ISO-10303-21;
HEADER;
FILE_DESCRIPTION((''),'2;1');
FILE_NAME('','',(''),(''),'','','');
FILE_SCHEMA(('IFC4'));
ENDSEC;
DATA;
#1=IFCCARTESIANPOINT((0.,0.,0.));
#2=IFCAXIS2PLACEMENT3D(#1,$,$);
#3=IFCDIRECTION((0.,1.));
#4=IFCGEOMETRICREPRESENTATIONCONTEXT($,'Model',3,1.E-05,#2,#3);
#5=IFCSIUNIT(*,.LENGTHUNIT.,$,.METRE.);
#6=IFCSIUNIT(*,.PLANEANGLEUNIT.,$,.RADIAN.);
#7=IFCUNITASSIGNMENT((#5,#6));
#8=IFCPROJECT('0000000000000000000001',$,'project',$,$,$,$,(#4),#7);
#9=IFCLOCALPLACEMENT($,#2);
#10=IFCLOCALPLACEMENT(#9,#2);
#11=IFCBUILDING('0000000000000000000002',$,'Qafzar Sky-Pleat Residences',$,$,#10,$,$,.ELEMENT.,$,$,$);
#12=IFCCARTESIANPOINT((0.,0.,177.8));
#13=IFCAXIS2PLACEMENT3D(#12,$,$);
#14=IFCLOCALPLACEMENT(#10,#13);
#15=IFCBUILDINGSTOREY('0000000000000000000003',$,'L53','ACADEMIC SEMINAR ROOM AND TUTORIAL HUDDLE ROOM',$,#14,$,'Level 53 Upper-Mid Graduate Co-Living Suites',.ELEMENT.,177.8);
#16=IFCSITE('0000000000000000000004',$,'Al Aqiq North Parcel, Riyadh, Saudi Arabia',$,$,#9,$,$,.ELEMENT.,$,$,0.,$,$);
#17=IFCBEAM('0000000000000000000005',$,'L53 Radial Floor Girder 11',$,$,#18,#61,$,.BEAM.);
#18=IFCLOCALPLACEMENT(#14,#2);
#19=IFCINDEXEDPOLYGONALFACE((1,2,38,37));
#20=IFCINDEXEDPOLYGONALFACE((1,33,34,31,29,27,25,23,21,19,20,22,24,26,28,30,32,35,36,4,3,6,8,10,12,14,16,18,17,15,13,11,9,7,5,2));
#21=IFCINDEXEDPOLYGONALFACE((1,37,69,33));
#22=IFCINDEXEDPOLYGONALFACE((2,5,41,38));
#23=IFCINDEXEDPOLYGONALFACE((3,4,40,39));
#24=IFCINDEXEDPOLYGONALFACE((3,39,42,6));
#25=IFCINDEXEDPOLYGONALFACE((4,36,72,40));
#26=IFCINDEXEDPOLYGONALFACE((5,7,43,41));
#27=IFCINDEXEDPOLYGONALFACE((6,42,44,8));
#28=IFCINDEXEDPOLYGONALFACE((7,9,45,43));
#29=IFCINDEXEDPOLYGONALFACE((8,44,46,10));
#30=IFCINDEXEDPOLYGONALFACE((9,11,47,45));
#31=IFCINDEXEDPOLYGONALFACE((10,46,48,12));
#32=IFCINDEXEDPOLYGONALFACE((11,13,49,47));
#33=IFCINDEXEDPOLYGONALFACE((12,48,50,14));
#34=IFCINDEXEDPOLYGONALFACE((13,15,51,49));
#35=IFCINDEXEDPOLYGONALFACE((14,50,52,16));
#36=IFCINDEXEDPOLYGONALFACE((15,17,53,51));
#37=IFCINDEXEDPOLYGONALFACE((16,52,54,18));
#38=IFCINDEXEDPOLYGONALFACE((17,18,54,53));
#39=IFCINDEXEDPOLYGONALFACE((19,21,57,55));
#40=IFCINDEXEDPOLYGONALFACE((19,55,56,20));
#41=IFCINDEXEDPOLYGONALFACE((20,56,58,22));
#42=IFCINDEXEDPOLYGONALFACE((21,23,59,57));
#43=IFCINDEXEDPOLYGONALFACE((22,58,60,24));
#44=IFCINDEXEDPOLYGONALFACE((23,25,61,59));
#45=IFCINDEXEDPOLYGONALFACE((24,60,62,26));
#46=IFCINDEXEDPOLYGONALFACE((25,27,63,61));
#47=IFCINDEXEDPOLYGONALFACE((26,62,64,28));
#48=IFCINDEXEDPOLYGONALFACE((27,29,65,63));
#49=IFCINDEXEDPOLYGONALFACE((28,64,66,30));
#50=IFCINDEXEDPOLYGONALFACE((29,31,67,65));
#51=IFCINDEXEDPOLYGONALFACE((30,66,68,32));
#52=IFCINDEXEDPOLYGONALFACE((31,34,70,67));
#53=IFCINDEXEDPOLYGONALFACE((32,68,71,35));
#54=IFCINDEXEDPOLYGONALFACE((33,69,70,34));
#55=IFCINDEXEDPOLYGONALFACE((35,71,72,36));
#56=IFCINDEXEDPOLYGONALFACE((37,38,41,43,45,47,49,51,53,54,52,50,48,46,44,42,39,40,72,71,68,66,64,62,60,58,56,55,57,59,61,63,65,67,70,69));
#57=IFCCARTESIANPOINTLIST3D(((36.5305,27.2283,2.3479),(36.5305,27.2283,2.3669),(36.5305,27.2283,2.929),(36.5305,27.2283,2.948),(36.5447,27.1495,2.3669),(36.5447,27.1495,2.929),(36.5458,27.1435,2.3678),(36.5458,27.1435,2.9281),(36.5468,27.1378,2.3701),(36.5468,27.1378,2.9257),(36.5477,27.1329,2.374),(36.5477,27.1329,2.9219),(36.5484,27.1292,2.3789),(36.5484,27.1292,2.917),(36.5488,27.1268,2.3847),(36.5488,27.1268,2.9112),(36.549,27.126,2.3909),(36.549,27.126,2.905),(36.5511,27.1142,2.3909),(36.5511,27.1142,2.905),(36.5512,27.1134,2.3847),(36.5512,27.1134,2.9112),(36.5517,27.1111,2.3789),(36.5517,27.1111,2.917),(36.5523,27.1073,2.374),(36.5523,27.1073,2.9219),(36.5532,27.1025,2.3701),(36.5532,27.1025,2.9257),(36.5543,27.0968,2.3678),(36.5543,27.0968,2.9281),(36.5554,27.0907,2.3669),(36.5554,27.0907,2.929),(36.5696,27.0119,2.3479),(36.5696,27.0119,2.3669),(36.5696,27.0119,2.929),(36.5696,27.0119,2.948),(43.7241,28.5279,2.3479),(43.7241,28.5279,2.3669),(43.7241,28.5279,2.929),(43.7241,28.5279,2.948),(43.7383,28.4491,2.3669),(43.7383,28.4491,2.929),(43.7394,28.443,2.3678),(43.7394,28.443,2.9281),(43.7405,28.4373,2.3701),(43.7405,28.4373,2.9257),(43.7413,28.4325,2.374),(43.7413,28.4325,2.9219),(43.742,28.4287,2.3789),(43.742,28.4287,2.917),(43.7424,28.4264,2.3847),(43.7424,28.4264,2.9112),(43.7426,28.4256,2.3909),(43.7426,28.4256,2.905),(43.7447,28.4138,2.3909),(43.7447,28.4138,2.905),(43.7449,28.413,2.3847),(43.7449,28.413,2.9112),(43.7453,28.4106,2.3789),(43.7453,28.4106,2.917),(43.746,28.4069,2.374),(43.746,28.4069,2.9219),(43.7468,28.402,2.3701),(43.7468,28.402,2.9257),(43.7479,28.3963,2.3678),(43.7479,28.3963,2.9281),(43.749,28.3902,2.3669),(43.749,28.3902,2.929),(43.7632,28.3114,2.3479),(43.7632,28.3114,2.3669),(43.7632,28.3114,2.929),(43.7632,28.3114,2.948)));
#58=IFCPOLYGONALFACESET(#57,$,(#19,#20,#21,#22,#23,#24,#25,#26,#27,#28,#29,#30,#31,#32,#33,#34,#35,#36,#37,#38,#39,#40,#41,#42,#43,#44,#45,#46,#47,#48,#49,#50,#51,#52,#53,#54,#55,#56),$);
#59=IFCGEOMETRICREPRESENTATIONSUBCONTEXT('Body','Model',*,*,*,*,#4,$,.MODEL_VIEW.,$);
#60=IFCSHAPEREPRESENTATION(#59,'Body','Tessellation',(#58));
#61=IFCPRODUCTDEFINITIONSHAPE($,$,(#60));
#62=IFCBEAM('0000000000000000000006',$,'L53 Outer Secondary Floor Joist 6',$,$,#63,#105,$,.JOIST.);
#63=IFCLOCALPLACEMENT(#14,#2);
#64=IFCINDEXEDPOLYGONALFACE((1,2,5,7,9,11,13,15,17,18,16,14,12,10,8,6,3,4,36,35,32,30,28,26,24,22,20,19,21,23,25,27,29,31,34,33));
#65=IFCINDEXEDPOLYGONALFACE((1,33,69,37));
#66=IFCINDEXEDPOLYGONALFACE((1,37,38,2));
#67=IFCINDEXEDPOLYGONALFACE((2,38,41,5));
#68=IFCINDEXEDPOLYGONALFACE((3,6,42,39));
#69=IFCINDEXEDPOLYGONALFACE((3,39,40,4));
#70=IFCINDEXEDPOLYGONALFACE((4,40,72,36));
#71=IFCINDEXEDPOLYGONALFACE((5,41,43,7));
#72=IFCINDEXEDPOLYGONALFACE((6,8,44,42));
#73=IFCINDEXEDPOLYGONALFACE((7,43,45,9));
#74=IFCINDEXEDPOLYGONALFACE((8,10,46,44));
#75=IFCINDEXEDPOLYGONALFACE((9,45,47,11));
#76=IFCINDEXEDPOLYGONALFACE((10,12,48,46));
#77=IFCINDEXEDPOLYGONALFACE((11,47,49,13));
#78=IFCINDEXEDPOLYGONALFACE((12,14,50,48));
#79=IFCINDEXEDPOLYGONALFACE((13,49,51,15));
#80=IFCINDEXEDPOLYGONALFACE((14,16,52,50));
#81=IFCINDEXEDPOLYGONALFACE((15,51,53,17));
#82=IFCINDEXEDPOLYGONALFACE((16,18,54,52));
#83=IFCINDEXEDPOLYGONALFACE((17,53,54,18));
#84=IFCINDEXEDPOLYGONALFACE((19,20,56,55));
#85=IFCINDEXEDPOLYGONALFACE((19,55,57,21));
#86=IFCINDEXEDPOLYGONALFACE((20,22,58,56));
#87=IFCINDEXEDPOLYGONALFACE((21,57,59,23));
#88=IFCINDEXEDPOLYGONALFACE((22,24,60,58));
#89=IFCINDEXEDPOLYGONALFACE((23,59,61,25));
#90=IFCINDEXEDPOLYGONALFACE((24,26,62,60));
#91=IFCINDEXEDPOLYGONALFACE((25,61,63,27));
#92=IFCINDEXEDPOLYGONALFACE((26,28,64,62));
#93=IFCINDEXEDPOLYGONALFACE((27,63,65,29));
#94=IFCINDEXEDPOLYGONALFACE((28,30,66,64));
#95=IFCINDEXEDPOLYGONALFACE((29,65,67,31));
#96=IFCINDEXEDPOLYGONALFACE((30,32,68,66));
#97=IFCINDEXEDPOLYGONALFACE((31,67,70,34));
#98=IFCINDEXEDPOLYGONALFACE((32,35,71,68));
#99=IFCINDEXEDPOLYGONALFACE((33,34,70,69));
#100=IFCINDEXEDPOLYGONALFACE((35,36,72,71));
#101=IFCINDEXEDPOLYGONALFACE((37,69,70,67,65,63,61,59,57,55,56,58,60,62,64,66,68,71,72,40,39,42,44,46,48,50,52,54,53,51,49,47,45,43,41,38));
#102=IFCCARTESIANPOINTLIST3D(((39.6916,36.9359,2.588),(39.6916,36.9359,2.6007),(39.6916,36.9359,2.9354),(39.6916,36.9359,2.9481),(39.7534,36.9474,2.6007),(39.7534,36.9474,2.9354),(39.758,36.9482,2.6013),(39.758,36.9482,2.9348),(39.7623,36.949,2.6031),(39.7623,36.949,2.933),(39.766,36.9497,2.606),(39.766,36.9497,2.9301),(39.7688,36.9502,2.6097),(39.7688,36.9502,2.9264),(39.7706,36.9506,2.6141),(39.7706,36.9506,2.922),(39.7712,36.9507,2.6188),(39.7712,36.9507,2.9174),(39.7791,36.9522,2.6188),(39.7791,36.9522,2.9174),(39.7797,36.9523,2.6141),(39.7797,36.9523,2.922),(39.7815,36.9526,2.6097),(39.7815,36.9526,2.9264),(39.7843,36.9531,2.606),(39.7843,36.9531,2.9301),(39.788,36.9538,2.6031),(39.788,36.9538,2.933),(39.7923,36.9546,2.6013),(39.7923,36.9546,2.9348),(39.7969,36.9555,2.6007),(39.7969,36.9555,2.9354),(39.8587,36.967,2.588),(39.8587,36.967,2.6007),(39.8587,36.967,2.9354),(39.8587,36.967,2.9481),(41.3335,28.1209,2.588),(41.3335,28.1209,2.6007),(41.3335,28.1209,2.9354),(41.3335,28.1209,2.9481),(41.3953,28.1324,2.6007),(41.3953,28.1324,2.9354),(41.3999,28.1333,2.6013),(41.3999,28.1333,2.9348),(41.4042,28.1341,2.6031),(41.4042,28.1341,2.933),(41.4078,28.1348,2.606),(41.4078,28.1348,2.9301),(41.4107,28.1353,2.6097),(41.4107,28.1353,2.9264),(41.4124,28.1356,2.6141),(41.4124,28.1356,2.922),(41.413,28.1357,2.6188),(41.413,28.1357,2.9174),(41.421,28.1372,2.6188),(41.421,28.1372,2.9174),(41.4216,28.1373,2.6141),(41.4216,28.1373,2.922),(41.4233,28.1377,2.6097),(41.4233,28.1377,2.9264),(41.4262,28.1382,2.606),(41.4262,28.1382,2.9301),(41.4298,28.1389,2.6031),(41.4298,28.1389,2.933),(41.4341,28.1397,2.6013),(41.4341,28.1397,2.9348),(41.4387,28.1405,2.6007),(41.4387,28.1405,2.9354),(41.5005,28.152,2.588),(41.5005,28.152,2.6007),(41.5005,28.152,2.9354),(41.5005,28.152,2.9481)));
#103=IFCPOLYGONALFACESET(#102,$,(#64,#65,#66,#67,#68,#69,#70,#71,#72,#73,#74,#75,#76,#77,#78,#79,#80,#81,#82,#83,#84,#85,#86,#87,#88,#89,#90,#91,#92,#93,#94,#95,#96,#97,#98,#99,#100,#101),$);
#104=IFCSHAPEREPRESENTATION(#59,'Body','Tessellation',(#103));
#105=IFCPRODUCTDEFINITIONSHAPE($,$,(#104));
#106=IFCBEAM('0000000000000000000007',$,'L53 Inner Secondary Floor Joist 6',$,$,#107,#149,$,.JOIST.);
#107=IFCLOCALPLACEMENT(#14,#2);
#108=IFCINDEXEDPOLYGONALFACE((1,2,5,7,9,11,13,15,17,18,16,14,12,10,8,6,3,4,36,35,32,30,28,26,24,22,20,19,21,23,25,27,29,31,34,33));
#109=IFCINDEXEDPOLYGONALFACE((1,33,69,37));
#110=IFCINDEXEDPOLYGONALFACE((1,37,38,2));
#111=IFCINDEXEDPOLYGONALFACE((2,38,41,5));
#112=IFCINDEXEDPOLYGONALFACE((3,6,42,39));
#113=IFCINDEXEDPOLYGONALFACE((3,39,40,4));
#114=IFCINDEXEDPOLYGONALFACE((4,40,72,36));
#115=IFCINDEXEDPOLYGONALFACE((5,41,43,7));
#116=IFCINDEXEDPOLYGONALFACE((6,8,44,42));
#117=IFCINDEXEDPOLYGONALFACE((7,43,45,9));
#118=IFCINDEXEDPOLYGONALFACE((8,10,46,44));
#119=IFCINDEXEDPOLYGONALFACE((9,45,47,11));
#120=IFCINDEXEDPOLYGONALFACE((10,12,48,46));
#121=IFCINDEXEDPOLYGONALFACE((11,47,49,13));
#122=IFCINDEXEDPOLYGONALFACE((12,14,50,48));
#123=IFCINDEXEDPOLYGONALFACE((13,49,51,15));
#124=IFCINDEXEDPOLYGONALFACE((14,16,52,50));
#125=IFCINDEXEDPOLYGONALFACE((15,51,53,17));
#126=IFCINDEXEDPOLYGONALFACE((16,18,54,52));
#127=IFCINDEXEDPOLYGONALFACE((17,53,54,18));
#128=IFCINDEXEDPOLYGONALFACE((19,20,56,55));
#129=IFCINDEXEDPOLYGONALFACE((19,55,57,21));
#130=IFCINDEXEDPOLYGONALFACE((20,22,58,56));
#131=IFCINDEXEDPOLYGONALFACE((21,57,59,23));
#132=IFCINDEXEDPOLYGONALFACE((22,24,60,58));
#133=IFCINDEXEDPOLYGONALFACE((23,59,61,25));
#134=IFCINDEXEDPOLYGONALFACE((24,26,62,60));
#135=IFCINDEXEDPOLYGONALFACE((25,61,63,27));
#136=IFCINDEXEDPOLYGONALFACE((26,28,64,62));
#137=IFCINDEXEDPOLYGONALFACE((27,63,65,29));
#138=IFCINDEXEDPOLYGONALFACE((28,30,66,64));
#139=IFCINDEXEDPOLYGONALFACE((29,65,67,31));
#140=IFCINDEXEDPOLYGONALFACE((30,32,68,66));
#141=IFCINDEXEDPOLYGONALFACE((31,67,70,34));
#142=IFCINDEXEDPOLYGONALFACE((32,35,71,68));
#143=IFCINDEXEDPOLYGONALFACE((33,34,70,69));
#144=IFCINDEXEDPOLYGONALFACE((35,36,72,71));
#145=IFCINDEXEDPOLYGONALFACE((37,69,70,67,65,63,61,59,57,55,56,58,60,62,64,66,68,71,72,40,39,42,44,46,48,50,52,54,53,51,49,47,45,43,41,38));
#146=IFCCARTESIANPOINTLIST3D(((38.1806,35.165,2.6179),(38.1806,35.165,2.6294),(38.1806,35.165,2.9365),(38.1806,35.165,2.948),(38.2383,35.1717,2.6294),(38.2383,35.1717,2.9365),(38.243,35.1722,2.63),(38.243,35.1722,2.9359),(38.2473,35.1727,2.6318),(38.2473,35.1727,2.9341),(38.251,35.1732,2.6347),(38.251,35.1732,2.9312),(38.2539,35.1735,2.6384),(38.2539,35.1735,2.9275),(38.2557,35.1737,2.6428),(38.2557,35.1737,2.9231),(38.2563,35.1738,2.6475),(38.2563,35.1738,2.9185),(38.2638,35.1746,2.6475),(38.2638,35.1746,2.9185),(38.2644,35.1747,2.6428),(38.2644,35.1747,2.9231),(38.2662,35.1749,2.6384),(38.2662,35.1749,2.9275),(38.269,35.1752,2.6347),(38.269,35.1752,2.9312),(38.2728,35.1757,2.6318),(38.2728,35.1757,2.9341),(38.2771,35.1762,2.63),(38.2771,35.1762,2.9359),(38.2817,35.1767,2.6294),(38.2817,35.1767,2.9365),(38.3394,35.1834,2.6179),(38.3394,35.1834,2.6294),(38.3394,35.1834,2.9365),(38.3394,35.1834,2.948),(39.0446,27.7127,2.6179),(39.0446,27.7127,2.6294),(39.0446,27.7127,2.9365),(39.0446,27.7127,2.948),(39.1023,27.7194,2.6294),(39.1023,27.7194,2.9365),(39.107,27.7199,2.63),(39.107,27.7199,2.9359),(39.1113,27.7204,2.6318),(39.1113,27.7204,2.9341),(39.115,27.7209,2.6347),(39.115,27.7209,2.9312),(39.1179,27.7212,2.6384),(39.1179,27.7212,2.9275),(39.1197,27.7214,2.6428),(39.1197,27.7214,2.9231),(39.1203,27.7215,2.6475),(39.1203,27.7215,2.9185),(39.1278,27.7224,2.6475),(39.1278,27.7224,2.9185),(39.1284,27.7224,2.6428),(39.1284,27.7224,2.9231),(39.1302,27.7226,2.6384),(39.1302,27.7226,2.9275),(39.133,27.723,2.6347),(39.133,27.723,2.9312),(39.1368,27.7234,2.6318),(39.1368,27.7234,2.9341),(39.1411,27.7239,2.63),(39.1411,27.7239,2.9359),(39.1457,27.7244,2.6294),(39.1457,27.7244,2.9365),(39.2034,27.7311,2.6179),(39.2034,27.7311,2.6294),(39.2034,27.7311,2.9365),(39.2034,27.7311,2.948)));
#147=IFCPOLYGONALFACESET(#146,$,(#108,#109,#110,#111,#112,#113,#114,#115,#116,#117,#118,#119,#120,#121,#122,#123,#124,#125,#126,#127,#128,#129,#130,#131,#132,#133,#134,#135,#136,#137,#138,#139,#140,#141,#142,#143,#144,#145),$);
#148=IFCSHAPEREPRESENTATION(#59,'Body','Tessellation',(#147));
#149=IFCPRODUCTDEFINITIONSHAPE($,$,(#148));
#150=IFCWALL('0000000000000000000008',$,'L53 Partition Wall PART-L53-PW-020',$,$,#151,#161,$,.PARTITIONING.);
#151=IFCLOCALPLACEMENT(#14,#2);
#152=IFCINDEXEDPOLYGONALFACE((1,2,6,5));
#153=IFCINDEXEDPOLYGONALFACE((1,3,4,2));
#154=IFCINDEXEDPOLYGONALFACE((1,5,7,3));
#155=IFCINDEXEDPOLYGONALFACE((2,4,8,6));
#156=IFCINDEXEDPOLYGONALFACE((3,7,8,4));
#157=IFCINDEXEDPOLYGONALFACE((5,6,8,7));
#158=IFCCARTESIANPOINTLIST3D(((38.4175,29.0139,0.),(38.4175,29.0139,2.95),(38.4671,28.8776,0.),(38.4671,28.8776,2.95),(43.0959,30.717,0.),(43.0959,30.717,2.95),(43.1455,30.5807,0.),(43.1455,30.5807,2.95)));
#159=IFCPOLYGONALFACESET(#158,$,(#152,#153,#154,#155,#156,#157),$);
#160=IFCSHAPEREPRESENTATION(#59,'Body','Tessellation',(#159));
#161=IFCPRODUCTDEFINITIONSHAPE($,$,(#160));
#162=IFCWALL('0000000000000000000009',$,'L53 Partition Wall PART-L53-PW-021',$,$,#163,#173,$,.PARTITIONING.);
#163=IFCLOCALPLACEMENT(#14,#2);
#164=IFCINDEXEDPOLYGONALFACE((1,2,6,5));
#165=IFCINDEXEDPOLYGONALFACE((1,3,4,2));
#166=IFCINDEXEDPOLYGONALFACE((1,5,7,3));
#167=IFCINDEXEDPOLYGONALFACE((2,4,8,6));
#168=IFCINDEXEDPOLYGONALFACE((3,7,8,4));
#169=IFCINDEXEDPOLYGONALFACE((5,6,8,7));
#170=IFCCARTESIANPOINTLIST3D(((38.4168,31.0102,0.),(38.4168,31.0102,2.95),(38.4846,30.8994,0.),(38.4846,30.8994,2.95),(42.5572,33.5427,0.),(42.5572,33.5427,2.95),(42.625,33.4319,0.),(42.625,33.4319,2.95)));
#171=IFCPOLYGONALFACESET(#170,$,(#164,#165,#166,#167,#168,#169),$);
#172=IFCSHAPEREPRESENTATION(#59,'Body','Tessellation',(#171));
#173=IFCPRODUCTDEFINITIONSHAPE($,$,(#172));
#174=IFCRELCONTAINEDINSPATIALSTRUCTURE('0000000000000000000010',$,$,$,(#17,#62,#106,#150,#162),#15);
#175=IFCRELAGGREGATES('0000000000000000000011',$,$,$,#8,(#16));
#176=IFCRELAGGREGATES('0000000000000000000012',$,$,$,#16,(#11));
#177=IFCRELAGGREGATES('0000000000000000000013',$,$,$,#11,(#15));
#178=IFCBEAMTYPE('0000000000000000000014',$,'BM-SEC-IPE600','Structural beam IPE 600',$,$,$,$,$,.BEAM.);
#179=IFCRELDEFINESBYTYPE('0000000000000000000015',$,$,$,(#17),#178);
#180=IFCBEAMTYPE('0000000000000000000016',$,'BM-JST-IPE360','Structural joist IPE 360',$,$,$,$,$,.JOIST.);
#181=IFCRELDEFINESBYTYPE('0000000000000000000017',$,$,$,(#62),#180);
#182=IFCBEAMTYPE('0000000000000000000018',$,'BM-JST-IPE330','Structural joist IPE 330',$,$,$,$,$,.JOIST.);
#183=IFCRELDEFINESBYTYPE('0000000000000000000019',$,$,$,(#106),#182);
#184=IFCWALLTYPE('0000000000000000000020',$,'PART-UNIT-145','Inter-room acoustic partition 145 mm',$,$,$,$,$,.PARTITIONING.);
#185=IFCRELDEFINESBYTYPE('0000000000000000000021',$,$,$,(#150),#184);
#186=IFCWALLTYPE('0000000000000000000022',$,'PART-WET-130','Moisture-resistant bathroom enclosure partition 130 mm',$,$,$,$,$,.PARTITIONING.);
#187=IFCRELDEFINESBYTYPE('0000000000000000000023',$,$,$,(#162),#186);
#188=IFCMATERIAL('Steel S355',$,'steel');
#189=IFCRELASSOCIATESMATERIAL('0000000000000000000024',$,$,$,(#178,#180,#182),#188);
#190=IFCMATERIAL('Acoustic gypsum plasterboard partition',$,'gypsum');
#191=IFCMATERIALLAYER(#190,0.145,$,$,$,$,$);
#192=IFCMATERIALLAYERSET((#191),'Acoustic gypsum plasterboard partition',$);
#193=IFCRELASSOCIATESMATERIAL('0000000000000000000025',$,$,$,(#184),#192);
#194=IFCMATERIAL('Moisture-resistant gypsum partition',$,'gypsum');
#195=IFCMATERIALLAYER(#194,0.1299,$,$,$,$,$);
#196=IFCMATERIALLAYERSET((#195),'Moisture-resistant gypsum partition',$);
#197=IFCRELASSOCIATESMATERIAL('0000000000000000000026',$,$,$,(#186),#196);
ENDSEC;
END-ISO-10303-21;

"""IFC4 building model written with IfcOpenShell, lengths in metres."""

from ifc_helpers import new_model, si_unit, direction, frame, frame_2d, origin, origin_2d, place, context, subcontext, project, spatial, rectangle, i_section, extrude, source, transform, mapped, material, layer, layer_set, material_profile, profile_set, type_object, element, save


model = new_model("IFC4")

# Units and contexts
model_context = context("Model", 3, precision=1e-05, world=origin(), true_north=direction((0.0, 1.0)))
body_context = subcontext(model_context, "Body", "Model", "MODEL_VIEW")
ifc_project = project(units=[si_unit("LENGTHUNIT", "METRE"), si_unit("PLANEANGLEUNIT", "RADIAN")], contexts=[model_context])

# Site, building, storey
site_placement = place(None, origin())
site = spatial("IfcSite", under=ifc_project, at=site_placement, Name="Al Aqiq North Parcel, Riyadh, Saudi Arabia", CompositionType="ELEMENT", RefElevation=0.0)
building_placement = place(site_placement, origin())
building = spatial("IfcBuilding", under=site, at=building_placement, Name="Qafzar Sky-Pleat Residences", CompositionType="ELEMENT")
storey_placement = place(building_placement, frame((0.0, 0.0, 177.8)))
storey = spatial("IfcBuildingStorey", under=building, at=storey_placement, Name="L53", Description="ACADEMIC SEMINAR ROOM AND TUTORIAL HUDDLE ROOM", LongName="Level 53 Upper-Mid Graduate Co-Living Suites", CompositionType="ELEMENT", Elevation=177.8)

# Shared definitions
ifc_material_1 = material(Name="Steel S355", Category="steel")

# Beams
ifc_material_profile_1 = material_profile(ifc_material_1, i_section(OverallWidth=0.22, OverallDepth=0.6001, WebThickness=0.012, FlangeThickness=0.019, FilletRadius=0.0239, at=origin_2d()), Name="IPE 600")
ifc_profile_set_1 = profile_set([ifc_material_profile_1], Name="Steel S355")
beam_type_1 = type_object("IfcBeamType", Name="BM-SEC-IPE600", Description="Structural beam IPE 600", PredefinedType="BEAM", material=ifc_profile_set_1)
shared_shape_1 = source(origin(), body_context, "Body", "SweptSolid", [
    extrude(i_section(OverallWidth=0.22, OverallDepth=0.6001, WebThickness=0.012, FlangeThickness=0.019, FilletRadius=0.0239, at=origin_2d()), origin(), (0.0, 0.0, 1.0), 7.3101),
])
beam_1_placement = place(storey_placement, frame((43.7437, 28.4197, 2.6479), z_axis=(-0.984071, -0.177777, 0.0), x_axis=(0.177777, -0.984071, 0.0)))
element("IfcBeam", 1, at=beam_1_placement, inside=storey, type_object=beam_type_1, Name="L53 Radial Floor Girder 11", PredefinedType="BEAM", context=body_context, shape_type="MappedRepresentation", body=[
    mapped(shared_shape_1, transform((0.0, 0.0, 0.0), x_axis=(1.0, 0.0, 0.0), y_axis=(0.0, 1.0, 0.0), z_axis=(0.0, 0.0, 1.0), scale=1.0)),
])
ifc_material_profile_2 = material_profile(ifc_material_1, i_section(OverallWidth=0.1699, OverallDepth=0.3601, WebThickness=0.0081, FlangeThickness=0.0127, FilletRadius=0.0181, at=origin_2d()), Name="IPE 360")
ifc_profile_set_2 = profile_set([ifc_material_profile_2], Name="Steel S355")
beam_type_2 = type_object("IfcBeamType", Name="BM-JST-IPE360", Description="Structural joist IPE 360", PredefinedType="JOIST", material=ifc_profile_set_2)
shared_shape_2 = source(origin(), body_context, "Body", "SweptSolid", [
    extrude(i_section(OverallWidth=0.1699, OverallDepth=0.3601, WebThickness=0.0081, FlangeThickness=0.0127, FilletRadius=0.0181, at=origin_2d()), origin(), (0.0, 0.0, 1.0), 8.9666),
])
beam_2_placement = place(storey_placement, frame((41.417, 28.1365, 2.7681), z_axis=(-0.183108, 0.983093, 0.0), x_axis=(-0.983093, -0.183108, 0.0)))
element("IfcBeam", 2, at=beam_2_placement, inside=storey, type_object=beam_type_2, Name="L53 Outer Secondary Floor Joist 6", PredefinedType="JOIST", context=body_context, shape_type="MappedRepresentation", body=[
    mapped(shared_shape_2, transform((0.0, 0.0, 0.0), x_axis=(1.0, 0.0, 0.0), y_axis=(0.0, 1.0, 0.0), z_axis=(0.0, 0.0, 1.0), scale=1.0)),
])
ifc_material_profile_3 = material_profile(ifc_material_1, i_section(OverallWidth=0.1599, OverallDepth=0.3301, WebThickness=0.0076, FlangeThickness=0.0115, FilletRadius=0.0181, at=origin_2d()), Name="IPE 330")
ifc_profile_set_3 = profile_set([ifc_material_profile_3], Name="Steel S355")
beam_type_3 = type_object("IfcBeamType", Name="BM-JST-IPE330", Description="Structural joist IPE 330", PredefinedType="JOIST", material=ifc_profile_set_3)
shared_shape_3 = source(origin(), body_context, "Body", "SweptSolid", [
    extrude(i_section(OverallWidth=0.1599, OverallDepth=0.3301, WebThickness=0.0076, FlangeThickness=0.0115, FilletRadius=0.0181, at=origin_2d()), origin(), (0.0, 0.0, 1.0), 7.5022),
])
beam_3_placement = place(storey_placement, frame((39.124, 27.7219, 2.783), z_axis=(-0.115166, 0.993346, 0.0), x_axis=(-0.993346, -0.115166, 0.0)))
element("IfcBeam", 3, at=beam_3_placement, inside=storey, type_object=beam_type_3, Name="L53 Inner Secondary Floor Joist 6", PredefinedType="JOIST", context=body_context, shape_type="MappedRepresentation", body=[
    mapped(shared_shape_3, transform((0.0, 0.0, 0.0), x_axis=(1.0, 0.0, 0.0), y_axis=(0.0, 1.0, 0.0), z_axis=(0.0, 0.0, 1.0), scale=1.0)),
])

# Walls
ifc_material_2 = material(Name="Acoustic gypsum plasterboard partition", Category="gypsum")
ifc_layer_1 = layer(ifc_material_2, 0.145)
ifc_layer_set_1 = layer_set([ifc_layer_1], Name="Acoustic gypsum plasterboard partition")
wall_type_1 = type_object("IfcWallType", Name="PART-UNIT-145", Description="Inter-room acoustic partition 145 mm", PredefinedType="PARTITIONING", material=ifc_layer_set_1)
wall_1_placement = place(storey_placement, frame((38.4424, 28.9458, 0.0), z_axis=(0.0, 0.0, 1.0), x_axis=(0.939673, 0.342074, 0.0)))
element("IfcWall", 4, at=wall_1_placement, inside=storey, type_object=wall_type_1, Name="L53 Partition Wall PART-L53-PW-020", PredefinedType="PARTITIONING", context=body_context, shape_type="SweptSolid", body=[
    extrude(rectangle(XDim=4.9788, YDim=0.145, at=frame_2d((2.4893, 0.0))), origin(), (0.0, 0.0, 1.0), 2.95),
])
ifc_material_3 = material(Name="Moisture-resistant gypsum partition", Category="gypsum")
ifc_layer_2 = layer(ifc_material_3, 0.1299)
ifc_layer_set_2 = layer_set([ifc_layer_2], Name="Moisture-resistant gypsum partition")
wall_type_2 = type_object("IfcWallType", Name="PART-WET-130", Description="Moisture-resistant bathroom enclosure partition 130 mm", PredefinedType="PARTITIONING", material=ifc_layer_set_2)
wall_2_placement = place(storey_placement, frame((38.4507, 30.9548, 0.0), z_axis=(0.0, 0.0, 1.0), x_axis=(0.853077, 0.521786, 0.0)))
element("IfcWall", 5, at=wall_2_placement, inside=storey, type_object=wall_type_2, Name="L53 Partition Wall PART-L53-PW-021", PredefinedType="PARTITIONING", context=body_context, shape_type="SweptSolid", body=[
    extrude(rectangle(XDim=4.8535, YDim=0.1299, at=frame_2d((2.4268, 0.0))), origin(), (0.0, 0.0, 1.0), 2.95),
])

save(model, "model.ifc")
